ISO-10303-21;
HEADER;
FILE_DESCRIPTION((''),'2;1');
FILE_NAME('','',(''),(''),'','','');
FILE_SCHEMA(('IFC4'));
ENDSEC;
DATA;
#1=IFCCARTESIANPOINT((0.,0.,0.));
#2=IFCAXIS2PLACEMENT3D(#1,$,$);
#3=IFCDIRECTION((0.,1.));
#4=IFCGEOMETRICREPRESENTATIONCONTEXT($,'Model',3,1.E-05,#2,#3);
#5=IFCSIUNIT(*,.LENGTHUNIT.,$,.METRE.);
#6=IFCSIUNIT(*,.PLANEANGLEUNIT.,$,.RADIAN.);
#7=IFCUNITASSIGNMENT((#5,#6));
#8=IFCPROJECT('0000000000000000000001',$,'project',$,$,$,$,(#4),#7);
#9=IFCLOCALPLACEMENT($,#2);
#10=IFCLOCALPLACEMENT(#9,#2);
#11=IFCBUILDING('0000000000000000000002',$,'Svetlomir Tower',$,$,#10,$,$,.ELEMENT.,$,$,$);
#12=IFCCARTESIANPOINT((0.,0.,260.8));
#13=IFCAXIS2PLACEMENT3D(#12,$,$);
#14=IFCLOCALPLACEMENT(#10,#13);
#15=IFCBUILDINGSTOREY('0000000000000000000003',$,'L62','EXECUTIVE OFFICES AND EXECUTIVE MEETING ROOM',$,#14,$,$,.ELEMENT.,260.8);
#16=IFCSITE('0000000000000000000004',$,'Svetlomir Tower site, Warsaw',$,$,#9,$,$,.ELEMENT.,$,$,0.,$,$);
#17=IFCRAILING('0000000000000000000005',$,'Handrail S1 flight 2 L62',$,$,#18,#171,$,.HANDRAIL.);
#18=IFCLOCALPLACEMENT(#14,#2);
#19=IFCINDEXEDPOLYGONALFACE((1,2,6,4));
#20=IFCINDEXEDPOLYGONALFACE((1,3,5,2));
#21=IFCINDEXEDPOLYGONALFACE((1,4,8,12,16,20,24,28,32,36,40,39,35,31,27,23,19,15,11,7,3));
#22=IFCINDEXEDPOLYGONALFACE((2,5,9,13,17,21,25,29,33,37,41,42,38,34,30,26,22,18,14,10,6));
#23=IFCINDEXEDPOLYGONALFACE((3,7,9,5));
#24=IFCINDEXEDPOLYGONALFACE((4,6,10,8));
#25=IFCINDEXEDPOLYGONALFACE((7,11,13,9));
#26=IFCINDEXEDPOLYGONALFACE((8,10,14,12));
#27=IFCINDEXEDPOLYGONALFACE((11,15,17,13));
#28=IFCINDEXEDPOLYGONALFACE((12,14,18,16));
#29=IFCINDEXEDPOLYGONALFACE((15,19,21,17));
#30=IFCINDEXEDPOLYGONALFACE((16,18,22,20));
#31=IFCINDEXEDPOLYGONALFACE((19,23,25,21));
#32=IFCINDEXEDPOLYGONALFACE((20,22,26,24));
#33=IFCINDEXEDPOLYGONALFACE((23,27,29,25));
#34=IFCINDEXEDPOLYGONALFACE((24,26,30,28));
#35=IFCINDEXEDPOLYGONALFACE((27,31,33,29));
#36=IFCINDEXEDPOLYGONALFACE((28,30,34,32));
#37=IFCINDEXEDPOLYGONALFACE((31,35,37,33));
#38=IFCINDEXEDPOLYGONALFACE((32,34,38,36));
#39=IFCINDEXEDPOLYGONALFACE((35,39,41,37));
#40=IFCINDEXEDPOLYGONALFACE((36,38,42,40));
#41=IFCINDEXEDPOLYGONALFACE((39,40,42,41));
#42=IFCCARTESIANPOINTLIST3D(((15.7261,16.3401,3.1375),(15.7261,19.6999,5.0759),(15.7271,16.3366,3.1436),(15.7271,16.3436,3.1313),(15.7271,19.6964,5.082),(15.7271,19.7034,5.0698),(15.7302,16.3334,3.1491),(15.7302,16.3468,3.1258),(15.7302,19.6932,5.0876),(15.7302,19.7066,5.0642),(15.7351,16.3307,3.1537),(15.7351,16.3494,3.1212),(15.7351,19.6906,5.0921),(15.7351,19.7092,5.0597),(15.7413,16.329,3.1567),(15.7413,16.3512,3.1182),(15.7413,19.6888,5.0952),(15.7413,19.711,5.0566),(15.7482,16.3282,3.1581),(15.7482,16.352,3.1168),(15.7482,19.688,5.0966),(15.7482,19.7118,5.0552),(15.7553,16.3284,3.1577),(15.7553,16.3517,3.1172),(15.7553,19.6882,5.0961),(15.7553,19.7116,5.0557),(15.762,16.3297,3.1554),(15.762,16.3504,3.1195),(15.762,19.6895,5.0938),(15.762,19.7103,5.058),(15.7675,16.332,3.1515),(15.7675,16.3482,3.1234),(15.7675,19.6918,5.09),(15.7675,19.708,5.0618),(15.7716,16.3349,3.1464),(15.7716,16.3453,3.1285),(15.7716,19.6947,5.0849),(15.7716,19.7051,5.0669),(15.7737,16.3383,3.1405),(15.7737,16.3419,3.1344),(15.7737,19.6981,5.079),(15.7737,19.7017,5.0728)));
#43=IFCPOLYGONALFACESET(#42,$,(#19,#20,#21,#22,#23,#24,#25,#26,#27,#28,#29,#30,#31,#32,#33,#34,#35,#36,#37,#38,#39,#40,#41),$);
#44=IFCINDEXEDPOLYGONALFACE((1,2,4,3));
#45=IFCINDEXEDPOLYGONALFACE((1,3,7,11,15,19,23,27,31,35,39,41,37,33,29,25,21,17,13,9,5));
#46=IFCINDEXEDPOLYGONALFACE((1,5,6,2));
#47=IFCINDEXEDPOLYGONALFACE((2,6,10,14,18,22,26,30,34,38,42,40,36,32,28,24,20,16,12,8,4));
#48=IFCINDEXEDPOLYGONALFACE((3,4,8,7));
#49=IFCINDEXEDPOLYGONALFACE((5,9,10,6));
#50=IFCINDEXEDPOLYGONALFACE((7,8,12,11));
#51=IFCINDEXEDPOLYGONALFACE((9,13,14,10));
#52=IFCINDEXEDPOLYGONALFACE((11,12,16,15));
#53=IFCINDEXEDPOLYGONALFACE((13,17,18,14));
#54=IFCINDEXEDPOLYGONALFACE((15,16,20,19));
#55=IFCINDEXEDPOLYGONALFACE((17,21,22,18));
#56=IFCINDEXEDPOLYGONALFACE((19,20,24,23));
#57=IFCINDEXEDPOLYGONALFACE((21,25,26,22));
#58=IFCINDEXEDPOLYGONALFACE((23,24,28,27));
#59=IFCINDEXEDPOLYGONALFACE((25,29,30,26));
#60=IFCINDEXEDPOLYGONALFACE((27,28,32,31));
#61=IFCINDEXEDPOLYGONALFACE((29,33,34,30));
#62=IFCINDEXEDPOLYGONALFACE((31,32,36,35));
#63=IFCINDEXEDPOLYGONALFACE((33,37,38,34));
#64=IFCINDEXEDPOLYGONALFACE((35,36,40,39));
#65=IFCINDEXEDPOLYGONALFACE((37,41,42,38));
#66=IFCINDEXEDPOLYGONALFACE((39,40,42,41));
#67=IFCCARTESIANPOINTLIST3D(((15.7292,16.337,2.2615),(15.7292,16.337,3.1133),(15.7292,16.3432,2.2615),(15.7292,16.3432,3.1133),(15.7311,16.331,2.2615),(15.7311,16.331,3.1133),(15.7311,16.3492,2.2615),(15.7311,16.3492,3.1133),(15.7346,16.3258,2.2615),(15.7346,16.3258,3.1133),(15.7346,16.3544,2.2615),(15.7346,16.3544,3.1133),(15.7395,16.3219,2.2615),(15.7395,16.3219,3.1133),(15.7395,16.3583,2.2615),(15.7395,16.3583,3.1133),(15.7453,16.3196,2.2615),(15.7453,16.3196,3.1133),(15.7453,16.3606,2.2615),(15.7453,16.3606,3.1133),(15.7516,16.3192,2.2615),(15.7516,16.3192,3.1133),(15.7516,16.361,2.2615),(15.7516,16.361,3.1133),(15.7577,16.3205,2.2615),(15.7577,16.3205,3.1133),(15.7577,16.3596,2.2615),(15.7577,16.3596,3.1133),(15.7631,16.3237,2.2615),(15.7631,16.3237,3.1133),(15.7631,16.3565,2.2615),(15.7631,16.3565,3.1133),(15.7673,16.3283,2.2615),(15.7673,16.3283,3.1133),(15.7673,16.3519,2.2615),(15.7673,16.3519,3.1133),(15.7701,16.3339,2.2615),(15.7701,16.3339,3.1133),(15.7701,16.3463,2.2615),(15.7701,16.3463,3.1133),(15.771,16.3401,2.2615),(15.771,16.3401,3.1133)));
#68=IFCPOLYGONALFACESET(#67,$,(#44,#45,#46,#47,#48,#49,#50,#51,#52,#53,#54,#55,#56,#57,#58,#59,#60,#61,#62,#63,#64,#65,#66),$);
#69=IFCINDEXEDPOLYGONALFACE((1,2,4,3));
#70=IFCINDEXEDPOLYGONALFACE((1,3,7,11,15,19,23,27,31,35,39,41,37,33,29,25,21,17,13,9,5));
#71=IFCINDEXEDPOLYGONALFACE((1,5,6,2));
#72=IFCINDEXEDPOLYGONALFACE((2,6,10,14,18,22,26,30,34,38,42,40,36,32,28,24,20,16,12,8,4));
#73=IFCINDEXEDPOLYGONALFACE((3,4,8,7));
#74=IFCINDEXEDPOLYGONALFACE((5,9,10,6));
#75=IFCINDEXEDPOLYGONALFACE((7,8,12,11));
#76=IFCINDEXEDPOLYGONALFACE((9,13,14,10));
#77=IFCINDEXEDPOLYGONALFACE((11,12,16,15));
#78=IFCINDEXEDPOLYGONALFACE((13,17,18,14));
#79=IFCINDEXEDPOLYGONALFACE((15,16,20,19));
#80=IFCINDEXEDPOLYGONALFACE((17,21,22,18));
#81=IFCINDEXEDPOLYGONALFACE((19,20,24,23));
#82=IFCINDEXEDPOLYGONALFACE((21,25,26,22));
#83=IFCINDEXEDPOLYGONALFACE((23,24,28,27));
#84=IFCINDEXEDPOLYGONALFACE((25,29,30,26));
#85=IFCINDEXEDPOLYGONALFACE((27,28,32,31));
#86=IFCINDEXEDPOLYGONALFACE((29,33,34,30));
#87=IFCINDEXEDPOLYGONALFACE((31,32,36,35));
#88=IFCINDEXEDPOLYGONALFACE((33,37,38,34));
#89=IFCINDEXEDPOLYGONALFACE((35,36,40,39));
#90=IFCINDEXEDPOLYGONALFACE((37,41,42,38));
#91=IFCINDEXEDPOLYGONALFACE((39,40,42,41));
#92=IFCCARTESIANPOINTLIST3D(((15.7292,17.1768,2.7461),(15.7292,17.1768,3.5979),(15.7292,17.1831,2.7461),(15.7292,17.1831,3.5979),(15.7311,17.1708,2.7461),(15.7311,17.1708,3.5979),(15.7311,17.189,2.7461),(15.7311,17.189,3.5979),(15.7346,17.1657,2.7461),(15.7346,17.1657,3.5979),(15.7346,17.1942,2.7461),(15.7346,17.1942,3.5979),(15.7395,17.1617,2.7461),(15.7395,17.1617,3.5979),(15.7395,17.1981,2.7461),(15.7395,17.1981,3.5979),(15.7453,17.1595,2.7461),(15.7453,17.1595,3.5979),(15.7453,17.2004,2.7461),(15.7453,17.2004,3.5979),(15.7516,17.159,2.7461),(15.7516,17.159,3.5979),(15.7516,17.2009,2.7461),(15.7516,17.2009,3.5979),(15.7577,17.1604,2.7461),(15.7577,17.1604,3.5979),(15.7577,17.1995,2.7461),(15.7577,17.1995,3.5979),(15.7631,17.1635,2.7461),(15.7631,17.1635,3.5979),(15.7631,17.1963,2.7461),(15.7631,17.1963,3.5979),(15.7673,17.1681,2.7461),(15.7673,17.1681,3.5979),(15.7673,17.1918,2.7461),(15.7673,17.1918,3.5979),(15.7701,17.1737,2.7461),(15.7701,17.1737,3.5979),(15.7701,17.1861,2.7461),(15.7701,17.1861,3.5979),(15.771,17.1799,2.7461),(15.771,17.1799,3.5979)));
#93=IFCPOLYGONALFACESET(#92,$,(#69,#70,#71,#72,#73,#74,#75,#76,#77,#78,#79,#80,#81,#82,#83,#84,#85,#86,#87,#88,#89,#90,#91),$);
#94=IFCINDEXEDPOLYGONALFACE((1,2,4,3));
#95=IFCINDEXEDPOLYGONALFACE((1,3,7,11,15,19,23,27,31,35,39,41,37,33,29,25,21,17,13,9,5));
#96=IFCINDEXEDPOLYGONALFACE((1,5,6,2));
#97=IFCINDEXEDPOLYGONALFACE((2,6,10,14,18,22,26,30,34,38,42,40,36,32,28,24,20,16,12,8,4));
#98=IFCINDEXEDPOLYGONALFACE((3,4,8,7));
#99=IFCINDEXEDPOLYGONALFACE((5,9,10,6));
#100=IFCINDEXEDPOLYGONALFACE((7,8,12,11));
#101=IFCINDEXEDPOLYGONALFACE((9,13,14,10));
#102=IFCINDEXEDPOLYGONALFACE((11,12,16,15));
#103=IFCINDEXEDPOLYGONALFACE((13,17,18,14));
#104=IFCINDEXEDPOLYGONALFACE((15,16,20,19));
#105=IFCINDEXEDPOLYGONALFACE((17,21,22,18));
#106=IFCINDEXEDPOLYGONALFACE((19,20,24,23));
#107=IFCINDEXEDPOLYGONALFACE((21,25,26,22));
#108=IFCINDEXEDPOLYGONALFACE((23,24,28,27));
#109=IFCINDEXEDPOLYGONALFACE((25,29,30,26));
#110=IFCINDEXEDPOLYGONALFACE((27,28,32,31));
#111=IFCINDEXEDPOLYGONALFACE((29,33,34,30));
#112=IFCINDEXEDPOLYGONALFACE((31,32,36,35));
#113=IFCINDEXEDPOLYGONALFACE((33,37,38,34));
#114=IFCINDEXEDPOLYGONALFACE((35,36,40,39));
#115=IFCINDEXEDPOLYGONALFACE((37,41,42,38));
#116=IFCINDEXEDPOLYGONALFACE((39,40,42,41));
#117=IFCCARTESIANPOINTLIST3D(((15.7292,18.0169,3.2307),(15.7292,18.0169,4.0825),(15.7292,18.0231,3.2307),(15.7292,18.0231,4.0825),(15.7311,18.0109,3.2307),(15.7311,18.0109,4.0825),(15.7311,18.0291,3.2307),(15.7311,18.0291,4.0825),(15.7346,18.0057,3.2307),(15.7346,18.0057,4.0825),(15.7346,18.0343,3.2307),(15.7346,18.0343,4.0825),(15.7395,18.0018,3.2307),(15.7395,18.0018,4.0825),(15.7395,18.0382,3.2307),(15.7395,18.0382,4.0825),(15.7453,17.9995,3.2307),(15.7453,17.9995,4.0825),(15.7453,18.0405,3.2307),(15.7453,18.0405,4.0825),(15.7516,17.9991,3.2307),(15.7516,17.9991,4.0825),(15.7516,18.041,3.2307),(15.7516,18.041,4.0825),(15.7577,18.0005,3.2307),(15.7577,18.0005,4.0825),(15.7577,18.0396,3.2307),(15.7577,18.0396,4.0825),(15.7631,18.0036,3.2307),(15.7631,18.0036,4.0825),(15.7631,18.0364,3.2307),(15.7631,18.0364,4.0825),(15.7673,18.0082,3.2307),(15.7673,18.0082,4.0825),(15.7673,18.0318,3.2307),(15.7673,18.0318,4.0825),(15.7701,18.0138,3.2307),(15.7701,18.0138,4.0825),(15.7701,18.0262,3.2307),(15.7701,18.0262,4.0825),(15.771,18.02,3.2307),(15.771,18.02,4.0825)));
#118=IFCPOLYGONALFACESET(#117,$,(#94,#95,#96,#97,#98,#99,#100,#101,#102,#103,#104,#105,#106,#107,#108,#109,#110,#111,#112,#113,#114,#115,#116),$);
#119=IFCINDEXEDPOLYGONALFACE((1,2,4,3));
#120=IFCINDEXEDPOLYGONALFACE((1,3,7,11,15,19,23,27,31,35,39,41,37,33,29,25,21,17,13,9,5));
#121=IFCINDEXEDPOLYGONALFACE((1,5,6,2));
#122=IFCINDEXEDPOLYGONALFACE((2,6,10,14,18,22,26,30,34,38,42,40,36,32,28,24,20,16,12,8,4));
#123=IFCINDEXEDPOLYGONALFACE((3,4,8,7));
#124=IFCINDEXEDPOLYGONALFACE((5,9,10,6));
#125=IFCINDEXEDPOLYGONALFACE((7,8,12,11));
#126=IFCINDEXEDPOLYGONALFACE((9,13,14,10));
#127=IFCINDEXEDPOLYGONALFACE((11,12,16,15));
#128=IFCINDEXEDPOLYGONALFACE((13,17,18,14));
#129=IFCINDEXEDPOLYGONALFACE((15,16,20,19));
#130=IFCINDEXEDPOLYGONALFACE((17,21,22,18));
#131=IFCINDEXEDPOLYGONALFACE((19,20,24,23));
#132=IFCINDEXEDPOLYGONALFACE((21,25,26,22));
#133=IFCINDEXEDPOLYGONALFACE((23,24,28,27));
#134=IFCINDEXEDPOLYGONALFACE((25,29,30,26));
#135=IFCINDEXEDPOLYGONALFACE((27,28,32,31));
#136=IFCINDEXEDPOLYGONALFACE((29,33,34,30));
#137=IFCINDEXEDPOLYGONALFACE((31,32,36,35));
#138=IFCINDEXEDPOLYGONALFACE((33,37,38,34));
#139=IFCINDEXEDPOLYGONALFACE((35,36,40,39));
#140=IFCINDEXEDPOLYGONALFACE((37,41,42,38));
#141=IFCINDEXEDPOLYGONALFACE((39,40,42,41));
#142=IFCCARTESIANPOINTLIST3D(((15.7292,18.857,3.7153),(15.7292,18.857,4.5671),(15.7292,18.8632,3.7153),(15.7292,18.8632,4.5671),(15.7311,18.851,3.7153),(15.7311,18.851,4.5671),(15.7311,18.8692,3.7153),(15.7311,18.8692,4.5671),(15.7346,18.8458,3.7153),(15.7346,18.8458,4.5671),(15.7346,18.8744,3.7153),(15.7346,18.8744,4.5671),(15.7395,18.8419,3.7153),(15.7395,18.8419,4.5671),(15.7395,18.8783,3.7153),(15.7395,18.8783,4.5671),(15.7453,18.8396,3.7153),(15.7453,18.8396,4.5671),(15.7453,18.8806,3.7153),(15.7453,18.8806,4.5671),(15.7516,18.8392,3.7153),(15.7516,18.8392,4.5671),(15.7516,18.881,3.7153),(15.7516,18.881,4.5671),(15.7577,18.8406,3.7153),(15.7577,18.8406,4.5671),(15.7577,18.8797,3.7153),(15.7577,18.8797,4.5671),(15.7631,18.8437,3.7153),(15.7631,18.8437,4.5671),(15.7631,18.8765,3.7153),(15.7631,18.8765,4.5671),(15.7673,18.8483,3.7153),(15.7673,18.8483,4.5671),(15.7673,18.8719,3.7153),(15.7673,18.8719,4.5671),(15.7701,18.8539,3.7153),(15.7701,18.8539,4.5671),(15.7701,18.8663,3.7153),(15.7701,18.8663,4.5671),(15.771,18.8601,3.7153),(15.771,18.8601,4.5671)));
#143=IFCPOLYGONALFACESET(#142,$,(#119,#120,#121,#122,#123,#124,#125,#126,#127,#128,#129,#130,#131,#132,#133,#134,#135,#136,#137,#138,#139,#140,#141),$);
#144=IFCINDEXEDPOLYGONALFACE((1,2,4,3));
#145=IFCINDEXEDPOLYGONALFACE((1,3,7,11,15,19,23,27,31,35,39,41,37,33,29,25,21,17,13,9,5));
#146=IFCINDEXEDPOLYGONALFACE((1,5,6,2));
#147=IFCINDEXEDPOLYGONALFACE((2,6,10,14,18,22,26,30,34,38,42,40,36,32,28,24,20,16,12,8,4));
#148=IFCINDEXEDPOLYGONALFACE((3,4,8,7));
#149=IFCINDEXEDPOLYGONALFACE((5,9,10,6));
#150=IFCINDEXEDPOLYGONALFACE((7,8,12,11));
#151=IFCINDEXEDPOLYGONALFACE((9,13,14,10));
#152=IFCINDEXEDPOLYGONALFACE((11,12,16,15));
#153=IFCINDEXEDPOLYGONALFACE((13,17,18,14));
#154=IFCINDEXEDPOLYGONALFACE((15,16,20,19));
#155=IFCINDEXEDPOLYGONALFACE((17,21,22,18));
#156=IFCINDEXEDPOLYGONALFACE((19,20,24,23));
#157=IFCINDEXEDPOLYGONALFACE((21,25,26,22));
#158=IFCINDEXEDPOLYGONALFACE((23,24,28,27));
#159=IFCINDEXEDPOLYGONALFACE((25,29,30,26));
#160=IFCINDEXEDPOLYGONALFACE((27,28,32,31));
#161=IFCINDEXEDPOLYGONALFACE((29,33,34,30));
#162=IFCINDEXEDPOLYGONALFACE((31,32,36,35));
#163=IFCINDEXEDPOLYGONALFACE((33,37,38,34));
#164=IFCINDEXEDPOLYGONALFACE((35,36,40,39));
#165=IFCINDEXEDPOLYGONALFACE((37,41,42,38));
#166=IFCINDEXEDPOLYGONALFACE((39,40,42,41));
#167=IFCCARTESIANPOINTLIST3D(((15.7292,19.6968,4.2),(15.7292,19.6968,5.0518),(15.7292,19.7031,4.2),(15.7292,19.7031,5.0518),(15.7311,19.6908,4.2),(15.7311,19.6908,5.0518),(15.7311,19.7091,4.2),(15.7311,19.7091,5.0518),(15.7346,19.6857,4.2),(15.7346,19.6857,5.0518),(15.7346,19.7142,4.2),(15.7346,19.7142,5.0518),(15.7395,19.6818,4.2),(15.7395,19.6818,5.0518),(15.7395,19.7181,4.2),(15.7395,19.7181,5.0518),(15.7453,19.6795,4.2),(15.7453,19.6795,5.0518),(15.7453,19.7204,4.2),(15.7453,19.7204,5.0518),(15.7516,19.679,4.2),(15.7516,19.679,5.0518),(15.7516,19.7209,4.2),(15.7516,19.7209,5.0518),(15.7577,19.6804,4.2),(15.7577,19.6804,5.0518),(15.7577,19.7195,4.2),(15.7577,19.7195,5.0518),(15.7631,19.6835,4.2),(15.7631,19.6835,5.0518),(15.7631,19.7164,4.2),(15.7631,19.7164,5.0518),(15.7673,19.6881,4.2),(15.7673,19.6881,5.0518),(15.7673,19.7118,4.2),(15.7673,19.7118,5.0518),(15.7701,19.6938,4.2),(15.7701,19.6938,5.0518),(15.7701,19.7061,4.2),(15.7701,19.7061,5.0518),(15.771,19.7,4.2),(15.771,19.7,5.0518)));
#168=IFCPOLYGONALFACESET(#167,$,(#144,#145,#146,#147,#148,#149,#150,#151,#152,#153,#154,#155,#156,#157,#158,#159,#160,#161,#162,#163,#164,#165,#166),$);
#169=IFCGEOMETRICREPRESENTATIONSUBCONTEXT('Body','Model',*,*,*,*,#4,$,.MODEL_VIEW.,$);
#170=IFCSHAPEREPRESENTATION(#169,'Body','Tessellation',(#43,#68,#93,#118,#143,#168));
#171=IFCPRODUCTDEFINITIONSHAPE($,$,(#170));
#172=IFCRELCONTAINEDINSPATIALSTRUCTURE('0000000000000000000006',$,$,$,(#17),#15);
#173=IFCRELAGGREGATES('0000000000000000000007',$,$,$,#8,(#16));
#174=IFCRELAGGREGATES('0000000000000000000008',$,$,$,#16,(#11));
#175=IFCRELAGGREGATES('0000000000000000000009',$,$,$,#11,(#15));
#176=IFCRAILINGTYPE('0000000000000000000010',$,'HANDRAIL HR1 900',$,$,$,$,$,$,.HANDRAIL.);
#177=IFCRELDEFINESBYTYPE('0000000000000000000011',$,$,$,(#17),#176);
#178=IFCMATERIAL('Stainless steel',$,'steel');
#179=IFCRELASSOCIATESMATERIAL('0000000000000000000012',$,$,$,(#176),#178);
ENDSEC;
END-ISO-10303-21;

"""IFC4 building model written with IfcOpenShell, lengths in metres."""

from ifc_helpers import new_model, si_unit, direction, frame, origin, origin_2d, place, context, subcontext, project, spatial, circle, extrude, material, type_object, element, save


model = new_model("IFC4")

# Units and contexts
model_context = context("Model", 3, precision=1e-05, world=origin(), true_north=direction((0.0, 1.0)))
body_context = subcontext(model_context, "Body", "Model", "MODEL_VIEW")
ifc_project = project(units=[si_unit("LENGTHUNIT", "METRE"), si_unit("PLANEANGLEUNIT", "RADIAN")], contexts=[model_context])

# Site, building, storey
site_placement = place(None, origin())
site = spatial("IfcSite", under=ifc_project, at=site_placement, Name="Svetlomir Tower site, Warsaw", CompositionType="ELEMENT", RefElevation=0.0)
building_placement = place(site_placement, origin())
building = spatial("IfcBuilding", under=site, at=building_placement, Name="Svetlomir Tower", CompositionType="ELEMENT")
storey_placement = place(building_placement, frame((0.0, 0.0, 260.8)))
storey = spatial("IfcBuildingStorey", under=building, at=storey_placement, Name="L62", Description="EXECUTIVE OFFICES AND EXECUTIVE MEETING ROOM", CompositionType="ELEMENT", Elevation=260.8)

# Railing
ifc_material_1 = material(Name="Stainless steel", Category="steel")
railing_type = type_object("IfcRailingType", Name="HANDRAIL HR1 900", PredefinedType="HANDRAIL", material=ifc_material_1)
railing_placement = place(storey_placement, frame((15.75, 16.3401, 2.2615)))
element("IfcRailing", 1, at=railing_placement, inside=storey, type_object=railing_type, Name="Handrail S1 flight 2 L62", PredefinedType="HANDRAIL", context=body_context, shape_type="SweptSolid", body=[
    extrude(circle(Radius=0.0239, at=origin_2d()), frame((0.0, 0.0, 0.876), z_axis=(0.0, 0.866175, 0.499741), x_axis=(-1.0, 0.0, 0.0)), (0.0, 0.0, 1.0), 3.8789),
    extrude(circle(Radius=0.021, at=origin_2d()), origin(), (0.0, 0.0, 1.0), 0.8518),
    extrude(circle(Radius=0.021, at=origin_2d()), frame((0.0, 0.8398, 0.4846)), (0.0, 0.0, 1.0), 0.8518),
    extrude(circle(Radius=0.021, at=origin_2d()), frame((0.0, 1.6799, 0.9692)), (0.0, 0.0, 1.0), 0.8518),
    extrude(circle(Radius=0.021, at=origin_2d()), frame((0.0, 2.52, 1.4539)), (0.0, 0.0, 1.0), 0.8518),
    extrude(circle(Radius=0.021, at=origin_2d()), frame((0.0, 3.3599, 1.9385)), (0.0, 0.0, 1.0), 0.8518),
])

save(model, "model.ifc")
